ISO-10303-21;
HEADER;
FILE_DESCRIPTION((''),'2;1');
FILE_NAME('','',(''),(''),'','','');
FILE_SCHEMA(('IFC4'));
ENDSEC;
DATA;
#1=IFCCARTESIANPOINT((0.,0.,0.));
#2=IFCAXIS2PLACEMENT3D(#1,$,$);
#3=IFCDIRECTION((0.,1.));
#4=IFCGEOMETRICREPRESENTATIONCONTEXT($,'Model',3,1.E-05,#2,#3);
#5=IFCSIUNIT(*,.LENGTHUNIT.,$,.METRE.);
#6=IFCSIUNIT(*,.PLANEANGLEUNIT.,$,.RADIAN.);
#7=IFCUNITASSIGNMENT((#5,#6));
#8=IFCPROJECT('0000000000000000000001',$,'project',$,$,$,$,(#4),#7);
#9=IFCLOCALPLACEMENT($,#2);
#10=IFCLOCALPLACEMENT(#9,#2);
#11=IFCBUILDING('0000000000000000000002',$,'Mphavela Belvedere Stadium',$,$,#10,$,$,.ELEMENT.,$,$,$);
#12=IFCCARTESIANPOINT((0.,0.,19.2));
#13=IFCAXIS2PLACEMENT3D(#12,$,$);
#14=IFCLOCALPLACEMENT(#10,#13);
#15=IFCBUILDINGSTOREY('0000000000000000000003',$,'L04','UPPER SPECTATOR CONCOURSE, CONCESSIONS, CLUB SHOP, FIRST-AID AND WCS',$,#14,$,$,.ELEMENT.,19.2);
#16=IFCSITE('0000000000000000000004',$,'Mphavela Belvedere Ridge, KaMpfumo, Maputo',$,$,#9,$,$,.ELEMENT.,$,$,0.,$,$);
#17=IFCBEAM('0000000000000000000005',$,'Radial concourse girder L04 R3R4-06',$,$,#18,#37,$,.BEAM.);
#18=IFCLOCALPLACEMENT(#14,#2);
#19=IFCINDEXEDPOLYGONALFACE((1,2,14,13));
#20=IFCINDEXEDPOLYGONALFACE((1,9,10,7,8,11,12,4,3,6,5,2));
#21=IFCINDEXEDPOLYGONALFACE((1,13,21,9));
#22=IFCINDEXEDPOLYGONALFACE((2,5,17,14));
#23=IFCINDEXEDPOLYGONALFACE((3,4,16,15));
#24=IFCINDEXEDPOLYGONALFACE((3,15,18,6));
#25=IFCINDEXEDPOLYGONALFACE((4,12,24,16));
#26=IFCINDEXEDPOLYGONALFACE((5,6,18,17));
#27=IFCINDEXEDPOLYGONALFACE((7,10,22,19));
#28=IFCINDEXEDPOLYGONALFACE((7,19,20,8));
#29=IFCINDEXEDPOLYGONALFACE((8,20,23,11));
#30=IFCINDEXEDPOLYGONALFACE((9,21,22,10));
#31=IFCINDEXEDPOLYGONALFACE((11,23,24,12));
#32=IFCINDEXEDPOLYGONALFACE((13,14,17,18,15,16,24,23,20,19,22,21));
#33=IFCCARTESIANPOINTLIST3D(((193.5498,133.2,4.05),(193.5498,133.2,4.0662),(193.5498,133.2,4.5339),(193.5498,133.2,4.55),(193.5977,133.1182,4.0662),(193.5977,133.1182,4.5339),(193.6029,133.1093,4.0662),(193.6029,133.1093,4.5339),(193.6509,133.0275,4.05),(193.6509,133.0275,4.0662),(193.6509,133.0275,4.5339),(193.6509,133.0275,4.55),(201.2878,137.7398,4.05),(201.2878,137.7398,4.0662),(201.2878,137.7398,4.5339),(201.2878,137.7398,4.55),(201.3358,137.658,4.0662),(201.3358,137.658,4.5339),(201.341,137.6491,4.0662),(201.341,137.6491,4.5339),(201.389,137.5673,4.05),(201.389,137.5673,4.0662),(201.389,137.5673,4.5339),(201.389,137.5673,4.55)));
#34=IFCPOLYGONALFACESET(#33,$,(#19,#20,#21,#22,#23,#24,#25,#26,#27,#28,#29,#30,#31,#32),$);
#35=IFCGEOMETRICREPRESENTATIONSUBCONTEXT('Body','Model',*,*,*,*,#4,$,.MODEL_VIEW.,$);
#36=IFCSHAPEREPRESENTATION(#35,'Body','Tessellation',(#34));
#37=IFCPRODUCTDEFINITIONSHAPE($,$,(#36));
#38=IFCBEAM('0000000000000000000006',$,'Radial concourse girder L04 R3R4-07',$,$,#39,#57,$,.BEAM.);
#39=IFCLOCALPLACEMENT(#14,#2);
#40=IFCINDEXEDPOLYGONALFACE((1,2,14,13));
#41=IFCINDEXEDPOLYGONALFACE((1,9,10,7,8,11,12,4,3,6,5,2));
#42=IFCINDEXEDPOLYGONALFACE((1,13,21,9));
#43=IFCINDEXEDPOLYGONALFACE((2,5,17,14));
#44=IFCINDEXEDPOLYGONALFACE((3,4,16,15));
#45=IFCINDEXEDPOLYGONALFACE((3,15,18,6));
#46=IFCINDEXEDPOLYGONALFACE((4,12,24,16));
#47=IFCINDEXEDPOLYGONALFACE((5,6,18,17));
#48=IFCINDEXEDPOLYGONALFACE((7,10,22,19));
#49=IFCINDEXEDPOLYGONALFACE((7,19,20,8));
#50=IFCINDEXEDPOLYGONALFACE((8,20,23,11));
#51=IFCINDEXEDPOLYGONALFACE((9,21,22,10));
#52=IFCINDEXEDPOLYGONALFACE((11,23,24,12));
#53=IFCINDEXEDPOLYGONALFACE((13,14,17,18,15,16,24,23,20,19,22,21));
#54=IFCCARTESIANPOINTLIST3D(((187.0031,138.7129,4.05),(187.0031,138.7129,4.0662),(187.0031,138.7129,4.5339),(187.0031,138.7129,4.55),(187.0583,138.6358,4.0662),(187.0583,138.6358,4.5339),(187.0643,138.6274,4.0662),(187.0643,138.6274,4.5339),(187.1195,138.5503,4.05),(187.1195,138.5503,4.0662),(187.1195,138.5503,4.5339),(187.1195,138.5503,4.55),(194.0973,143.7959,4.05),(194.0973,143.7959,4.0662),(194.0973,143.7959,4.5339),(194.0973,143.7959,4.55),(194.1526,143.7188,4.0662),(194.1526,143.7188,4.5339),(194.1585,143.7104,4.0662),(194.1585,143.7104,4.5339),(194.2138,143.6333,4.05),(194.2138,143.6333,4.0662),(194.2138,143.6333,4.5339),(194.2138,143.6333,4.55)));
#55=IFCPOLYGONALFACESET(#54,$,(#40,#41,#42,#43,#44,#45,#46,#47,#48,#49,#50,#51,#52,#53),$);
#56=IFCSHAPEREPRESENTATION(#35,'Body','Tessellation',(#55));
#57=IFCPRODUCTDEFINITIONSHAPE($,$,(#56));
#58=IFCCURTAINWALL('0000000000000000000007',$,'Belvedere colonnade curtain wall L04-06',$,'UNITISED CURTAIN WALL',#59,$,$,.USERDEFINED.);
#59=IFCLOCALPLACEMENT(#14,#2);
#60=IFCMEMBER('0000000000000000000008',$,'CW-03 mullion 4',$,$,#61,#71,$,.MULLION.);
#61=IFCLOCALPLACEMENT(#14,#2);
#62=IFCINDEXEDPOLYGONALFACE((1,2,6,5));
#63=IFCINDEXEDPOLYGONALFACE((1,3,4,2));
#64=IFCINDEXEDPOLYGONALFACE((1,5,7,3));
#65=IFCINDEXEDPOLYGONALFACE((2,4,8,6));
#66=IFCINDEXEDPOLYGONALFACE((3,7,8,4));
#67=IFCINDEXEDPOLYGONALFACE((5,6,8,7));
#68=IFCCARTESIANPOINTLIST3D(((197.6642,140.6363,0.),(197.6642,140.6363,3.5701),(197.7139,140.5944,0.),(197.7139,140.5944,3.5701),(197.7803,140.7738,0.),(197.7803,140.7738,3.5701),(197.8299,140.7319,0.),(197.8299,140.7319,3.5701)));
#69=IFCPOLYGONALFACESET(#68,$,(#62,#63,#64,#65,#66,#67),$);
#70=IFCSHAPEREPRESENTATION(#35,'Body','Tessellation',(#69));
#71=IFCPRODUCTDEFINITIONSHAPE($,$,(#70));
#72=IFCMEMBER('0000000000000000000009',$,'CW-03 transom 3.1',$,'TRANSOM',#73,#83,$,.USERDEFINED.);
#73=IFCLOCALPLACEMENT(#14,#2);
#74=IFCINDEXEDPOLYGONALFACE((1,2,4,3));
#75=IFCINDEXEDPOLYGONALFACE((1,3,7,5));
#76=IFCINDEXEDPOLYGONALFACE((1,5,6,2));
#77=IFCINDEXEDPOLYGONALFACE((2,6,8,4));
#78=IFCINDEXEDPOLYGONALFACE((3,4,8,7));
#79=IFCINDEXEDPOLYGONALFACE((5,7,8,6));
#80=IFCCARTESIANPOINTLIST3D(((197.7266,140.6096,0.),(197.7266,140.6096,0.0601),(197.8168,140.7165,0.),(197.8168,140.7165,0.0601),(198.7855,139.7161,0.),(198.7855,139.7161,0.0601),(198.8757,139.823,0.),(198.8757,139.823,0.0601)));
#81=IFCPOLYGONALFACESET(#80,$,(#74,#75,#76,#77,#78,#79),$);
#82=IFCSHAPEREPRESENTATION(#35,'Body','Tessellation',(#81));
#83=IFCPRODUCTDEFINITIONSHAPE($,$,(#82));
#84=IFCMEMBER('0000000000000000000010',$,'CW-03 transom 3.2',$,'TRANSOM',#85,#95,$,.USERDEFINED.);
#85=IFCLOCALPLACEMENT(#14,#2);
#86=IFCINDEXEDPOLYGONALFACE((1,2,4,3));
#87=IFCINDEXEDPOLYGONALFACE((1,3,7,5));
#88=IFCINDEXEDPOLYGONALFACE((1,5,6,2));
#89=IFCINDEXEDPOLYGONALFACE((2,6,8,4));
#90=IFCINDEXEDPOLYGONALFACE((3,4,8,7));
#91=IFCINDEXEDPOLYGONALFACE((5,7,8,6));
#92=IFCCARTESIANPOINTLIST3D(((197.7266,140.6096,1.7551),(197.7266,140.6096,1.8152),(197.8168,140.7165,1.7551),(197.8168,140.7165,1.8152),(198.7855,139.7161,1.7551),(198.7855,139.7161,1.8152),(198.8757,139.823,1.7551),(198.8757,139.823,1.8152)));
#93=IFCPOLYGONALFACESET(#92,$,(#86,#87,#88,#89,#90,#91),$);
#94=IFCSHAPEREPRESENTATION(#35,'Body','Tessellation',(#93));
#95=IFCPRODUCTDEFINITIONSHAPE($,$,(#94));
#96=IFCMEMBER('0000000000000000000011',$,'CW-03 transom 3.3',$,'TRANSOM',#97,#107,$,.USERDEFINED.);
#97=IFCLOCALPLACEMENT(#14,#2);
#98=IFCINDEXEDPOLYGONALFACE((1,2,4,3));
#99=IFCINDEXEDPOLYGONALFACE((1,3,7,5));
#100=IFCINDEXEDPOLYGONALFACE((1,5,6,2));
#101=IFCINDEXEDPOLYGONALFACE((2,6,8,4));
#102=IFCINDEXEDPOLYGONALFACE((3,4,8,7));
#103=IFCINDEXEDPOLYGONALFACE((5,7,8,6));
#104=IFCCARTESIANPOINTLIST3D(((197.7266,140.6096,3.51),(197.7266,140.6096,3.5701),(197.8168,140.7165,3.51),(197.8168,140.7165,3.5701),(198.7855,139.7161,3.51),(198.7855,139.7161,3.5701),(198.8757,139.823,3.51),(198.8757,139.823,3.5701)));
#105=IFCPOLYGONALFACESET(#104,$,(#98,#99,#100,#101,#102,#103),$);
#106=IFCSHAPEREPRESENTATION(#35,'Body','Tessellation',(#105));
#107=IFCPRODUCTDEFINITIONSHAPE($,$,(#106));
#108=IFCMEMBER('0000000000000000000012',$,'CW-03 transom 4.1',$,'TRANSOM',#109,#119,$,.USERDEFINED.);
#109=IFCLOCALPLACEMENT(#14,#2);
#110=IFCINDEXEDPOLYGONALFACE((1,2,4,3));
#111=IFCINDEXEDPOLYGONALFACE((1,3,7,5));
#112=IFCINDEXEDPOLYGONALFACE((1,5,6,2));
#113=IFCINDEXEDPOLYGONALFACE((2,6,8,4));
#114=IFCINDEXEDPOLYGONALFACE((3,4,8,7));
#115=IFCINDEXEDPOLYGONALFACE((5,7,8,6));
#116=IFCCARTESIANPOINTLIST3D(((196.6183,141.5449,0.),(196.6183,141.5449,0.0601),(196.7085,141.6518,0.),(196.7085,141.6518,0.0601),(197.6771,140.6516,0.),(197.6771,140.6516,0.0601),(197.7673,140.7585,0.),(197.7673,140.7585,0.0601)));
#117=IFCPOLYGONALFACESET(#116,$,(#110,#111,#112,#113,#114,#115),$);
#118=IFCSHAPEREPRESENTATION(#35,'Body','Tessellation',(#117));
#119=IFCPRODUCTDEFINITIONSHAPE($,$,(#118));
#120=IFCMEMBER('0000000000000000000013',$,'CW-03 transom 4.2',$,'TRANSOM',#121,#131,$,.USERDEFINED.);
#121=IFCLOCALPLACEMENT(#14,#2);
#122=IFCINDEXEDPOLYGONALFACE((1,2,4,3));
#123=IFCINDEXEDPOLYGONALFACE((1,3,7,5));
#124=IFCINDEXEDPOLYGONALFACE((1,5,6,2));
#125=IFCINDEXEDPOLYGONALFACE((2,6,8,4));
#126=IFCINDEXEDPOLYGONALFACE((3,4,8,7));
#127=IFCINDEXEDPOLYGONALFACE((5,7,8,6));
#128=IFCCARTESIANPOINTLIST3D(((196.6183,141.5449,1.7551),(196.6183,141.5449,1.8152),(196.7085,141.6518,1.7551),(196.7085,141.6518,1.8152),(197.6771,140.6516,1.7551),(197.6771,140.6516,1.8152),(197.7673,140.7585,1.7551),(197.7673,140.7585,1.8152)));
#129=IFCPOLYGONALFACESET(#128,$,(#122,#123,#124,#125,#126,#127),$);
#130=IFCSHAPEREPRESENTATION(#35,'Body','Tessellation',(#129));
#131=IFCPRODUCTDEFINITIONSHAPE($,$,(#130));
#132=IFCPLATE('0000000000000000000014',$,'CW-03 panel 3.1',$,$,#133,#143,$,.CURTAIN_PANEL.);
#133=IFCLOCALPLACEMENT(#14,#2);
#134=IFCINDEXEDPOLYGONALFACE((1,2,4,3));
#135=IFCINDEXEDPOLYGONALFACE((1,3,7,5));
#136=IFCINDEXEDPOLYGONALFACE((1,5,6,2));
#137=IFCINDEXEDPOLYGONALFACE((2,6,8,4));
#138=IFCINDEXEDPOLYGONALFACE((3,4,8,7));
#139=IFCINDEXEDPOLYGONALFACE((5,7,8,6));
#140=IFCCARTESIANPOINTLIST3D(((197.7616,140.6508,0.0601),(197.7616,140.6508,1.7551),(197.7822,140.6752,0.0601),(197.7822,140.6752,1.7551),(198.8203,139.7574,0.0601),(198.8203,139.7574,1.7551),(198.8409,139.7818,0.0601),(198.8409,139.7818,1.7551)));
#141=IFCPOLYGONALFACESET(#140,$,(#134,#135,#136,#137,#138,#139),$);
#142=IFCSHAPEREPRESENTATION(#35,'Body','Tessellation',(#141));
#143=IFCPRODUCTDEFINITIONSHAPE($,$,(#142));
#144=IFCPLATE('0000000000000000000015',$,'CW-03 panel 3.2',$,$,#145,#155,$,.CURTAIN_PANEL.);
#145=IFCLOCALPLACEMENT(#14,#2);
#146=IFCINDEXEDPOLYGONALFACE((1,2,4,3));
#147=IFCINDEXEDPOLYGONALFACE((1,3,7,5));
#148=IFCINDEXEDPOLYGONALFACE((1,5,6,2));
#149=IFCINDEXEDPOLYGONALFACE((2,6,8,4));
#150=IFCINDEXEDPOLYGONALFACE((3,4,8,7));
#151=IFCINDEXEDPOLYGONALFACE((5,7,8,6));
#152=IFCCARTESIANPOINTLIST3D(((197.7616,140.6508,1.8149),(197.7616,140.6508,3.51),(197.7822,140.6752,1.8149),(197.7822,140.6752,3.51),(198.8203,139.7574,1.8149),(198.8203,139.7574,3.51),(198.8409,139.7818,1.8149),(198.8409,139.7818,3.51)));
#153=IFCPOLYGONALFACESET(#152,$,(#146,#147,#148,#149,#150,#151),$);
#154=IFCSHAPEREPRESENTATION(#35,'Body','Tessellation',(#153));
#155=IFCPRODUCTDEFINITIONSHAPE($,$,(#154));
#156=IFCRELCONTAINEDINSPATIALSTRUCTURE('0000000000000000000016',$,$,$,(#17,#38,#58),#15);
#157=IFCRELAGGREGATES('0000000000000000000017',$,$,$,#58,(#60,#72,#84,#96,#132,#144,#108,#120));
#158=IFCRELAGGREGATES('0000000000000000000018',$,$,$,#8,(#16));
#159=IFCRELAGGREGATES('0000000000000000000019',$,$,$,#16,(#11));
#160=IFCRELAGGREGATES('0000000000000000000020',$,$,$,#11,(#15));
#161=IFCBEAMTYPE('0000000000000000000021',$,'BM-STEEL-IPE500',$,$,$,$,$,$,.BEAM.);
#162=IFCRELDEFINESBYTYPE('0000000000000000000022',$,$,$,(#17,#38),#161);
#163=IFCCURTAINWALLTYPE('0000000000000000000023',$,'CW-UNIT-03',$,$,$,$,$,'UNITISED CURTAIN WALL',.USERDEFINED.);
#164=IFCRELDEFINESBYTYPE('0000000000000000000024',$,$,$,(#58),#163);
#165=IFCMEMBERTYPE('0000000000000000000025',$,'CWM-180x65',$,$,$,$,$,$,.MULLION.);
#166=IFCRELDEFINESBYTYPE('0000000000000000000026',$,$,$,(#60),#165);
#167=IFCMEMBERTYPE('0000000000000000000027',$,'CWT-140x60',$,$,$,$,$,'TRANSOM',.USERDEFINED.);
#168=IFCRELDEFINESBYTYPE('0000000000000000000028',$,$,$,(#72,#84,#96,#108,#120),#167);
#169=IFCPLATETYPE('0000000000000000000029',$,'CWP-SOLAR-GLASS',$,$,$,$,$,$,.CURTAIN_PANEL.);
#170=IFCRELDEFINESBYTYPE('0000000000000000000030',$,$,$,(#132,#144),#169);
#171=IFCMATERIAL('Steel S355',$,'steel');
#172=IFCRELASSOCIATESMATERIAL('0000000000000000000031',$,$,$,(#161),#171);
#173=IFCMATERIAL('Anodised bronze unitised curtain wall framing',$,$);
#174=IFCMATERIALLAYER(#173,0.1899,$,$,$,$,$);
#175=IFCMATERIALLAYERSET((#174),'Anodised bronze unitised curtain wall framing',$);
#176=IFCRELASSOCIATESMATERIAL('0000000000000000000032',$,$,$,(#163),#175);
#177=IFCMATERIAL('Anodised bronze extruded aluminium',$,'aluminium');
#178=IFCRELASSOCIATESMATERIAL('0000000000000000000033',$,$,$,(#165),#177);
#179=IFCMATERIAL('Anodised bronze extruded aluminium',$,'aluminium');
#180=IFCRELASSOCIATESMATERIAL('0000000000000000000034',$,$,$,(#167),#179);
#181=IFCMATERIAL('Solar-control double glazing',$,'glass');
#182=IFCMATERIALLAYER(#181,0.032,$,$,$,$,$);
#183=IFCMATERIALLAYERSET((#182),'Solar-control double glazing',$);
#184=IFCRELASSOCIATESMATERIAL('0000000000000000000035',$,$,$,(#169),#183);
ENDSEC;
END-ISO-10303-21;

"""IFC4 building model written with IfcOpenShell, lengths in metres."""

from ifc_helpers import new_model, si_unit, direction, frame, origin, origin_2d, place, context, subcontext, project, spatial, rectangle, i_section, extrude, material, layer, layer_set, material_profile, profile_set, type_object, element, aggregate, save


model = new_model("IFC4")

# Units and contexts
model_context = context("Model", 3, precision=1e-05, world=origin(), true_north=direction((0.0, 1.0)))
body_context = subcontext(model_context, "Body", "Model", "MODEL_VIEW")
ifc_project = project(units=[si_unit("LENGTHUNIT", "METRE"), si_unit("PLANEANGLEUNIT", "RADIAN")], contexts=[model_context])

# Site, building, storey
site_placement = place(None, origin())
site = spatial("IfcSite", under=ifc_project, at=site_placement, Name="Mphavela Belvedere Ridge, KaMpfumo, Maputo", CompositionType="ELEMENT", RefElevation=0.0)
building_placement = place(site_placement, origin())
building = spatial("IfcBuilding", under=site, at=building_placement, Name="Mphavela Belvedere Stadium", CompositionType="ELEMENT")
storey_placement = place(building_placement, frame((0.0, 0.0, 19.2)))
storey = spatial("IfcBuildingStorey", under=building, at=storey_placement, Name="L04", Description="UPPER SPECTATOR CONCOURSE, CONCESSIONS, CLUB SHOP, FIRST-AID AND WCS", CompositionType="ELEMENT", Elevation=19.2)

# Beams
ifc_material_1 = material(Name="Steel S355", Category="steel")
ifc_material_profile_1 = material_profile(ifc_material_1, i_section(OverallWidth=0.2, OverallDepth=0.5, WebThickness=0.0103, FlangeThickness=0.0161, at=origin_2d()), Name="IPE 500")
ifc_profile_set_1 = profile_set([ifc_material_profile_1], Name="Steel S355")
beam_type_1 = type_object("IfcBeamType", Name="BM-STEEL-IPE500", PredefinedType="BEAM", material=ifc_profile_set_1)
beam_1_placement = place(storey_placement, frame((193.6003, 133.1138, 4.3), z_axis=(0.862518, 0.506027, 0.0), x_axis=(-0.506027, 0.862518, 0.0)))
element("IfcBeam", 1, at=beam_1_placement, inside=storey, type_object=beam_type_1, Name="Radial concourse girder L04 R3R4-06", PredefinedType="BEAM", context=body_context, shape_type="SweptSolid", body=[
    extrude(i_section(OverallWidth=0.2, OverallDepth=0.5, WebThickness=0.0103, FlangeThickness=0.0161, at=origin_2d()), origin(), (0.0, 0.0, 1.0), 8.9714),
])
beam_2_placement = place(storey_placement, frame((187.0613, 138.6316, 4.3), z_axis=(0.812882, 0.582428, 0.0), x_axis=(-0.582428, 0.812882, 0.0)))
element("IfcBeam", 2, at=beam_2_placement, inside=storey, type_object=beam_type_1, Name="Radial concourse girder L04 R3R4-07", PredefinedType="BEAM", context=body_context, shape_type="SweptSolid", body=[
    extrude(i_section(OverallWidth=0.2, OverallDepth=0.5, WebThickness=0.0103, FlangeThickness=0.0161, at=origin_2d()), origin(), (0.0, 0.0, 1.0), 8.7273),
])

# Curtain wall, members, plates
ifc_material_2 = material(Name="Anodised bronze unitised curtain wall framing")
ifc_layer_1 = layer(ifc_material_2, 0.1899)
ifc_layer_set_1 = layer_set([ifc_layer_1], Name="Anodised bronze unitised curtain wall framing")
curtain_wall_type = type_object("IfcCurtainWallType", Name="CW-UNIT-03", ElementType="UNITISED CURTAIN WALL", PredefinedType="USERDEFINED", material=ifc_layer_set_1)
curtain_wall_placement = place(storey_placement, origin())
curtain_wall = element("IfcCurtainWall", 3, at=curtain_wall_placement, inside=storey, type_object=curtain_wall_type, Name="Belvedere colonnade curtain wall L04-06", ObjectType="UNITISED CURTAIN WALL", PredefinedType="USERDEFINED")
ifc_material_3 = material(Name="Anodised bronze extruded aluminium", Category="aluminium")
ifc_material_profile_2 = material_profile(ifc_material_3, rectangle(XDim=0.1799, YDim=0.0649, at=origin_2d()), Name="CW-MUL 180x65")
ifc_profile_set_2 = profile_set([ifc_material_profile_2], Name="Anodised bronze extruded aluminium")
member_type_1 = type_object("IfcMemberType", Name="CWM-180x65", PredefinedType="MULLION", material=ifc_profile_set_2)
member_1_placement = place(storey_placement, frame((197.7471, 140.6841, 0.0), z_axis=(0.0, 0.0, 1.0), x_axis=(-0.644916, -0.764253, 0.0)))
member_1 = element("IfcMember", 4, at=member_1_placement, type_object=member_type_1, Name="CW-03 mullion 4", PredefinedType="MULLION", context=body_context, shape_type="SweptSolid", body=[
    extrude(rectangle(XDim=0.1799, YDim=0.0649, at=origin_2d()), origin(), (0.0, 0.0, 1.0), 3.5701),
])
ifc_material_4 = material(Name="Anodised bronze extruded aluminium", Category="aluminium")
ifc_material_profile_3 = material_profile(ifc_material_4, rectangle(XDim=0.1399, YDim=0.0601, at=origin_2d()), Name="CW-TRN 140x60")
ifc_profile_set_3 = profile_set([ifc_material_profile_3], Name="Anodised bronze extruded aluminium")
member_type_2 = type_object("IfcMemberType", Name="CWT-140x60", ElementType="TRANSOM", PredefinedType="USERDEFINED", material=ifc_profile_set_3)
member_2_placement = place(storey_placement, frame((198.8306, 139.7695, 0.03), z_axis=(-0.764234, 0.644938, 0.0), x_axis=(-0.644938, -0.764234, 0.0)))
member_2 = element("IfcMember", 5, at=member_2_placement, type_object=member_type_2, Name="CW-03 transom 3.1", ObjectType="TRANSOM", PredefinedType="USERDEFINED", context=body_context, shape_type="SweptSolid", body=[
    extrude(rectangle(XDim=0.1399, YDim=0.0601, at=origin_2d()), origin(), (0.0, 0.0, 1.0), 1.3855),
])
member_3_placement = place(storey_placement, frame((198.8306, 139.7695, 1.7852), z_axis=(-0.764234, 0.644938, 0.0), x_axis=(-0.644938, -0.764234, 0.0)))
member_3 = element("IfcMember", 6, at=member_3_placement, type_object=member_type_2, Name="CW-03 transom 3.2", ObjectType="TRANSOM", PredefinedType="USERDEFINED", context=body_context, shape_type="SweptSolid", body=[
    extrude(rectangle(XDim=0.1399, YDim=0.0601, at=origin_2d()), origin(), (0.0, 0.0, 1.0), 1.3855),
])
member_4_placement = place(storey_placement, frame((198.8306, 139.7695, 3.54), z_axis=(-0.764234, 0.644938, 0.0), x_axis=(-0.644938, -0.764234, 0.0)))
member_4 = element("IfcMember", 7, at=member_4_placement, type_object=member_type_2, Name="CW-03 transom 3.3", ObjectType="TRANSOM", PredefinedType="USERDEFINED", context=body_context, shape_type="SweptSolid", body=[
    extrude(rectangle(XDim=0.1399, YDim=0.0601, at=origin_2d()), origin(), (0.0, 0.0, 1.0), 1.3855),
])
member_5_placement = place(storey_placement, frame((197.7222, 140.7051, 0.03), z_axis=(-0.764321, 0.644836, 0.0), x_axis=(-0.644836, -0.764321, 0.0)))
member_5 = element("IfcMember", 8, at=member_5_placement, type_object=member_type_2, Name="CW-03 transom 4.1", ObjectType="TRANSOM", PredefinedType="USERDEFINED", context=body_context, shape_type="SweptSolid", body=[
    extrude(rectangle(XDim=0.1399, YDim=0.0601, at=origin_2d()), origin(), (0.0, 0.0, 1.0), 1.3853),
])
member_6_placement = place(storey_placement, frame((197.7222, 140.7051, 1.7852), z_axis=(-0.764321, 0.644836, 0.0), x_axis=(-0.644836, -0.764321, 0.0)))
member_6 = element("IfcMember", 9, at=member_6_placement, type_object=member_type_2, Name="CW-03 transom 4.2", ObjectType="TRANSOM", PredefinedType="USERDEFINED", context=body_context, shape_type="SweptSolid", body=[
    extrude(rectangle(XDim=0.1399, YDim=0.0601, at=origin_2d()), origin(), (0.0, 0.0, 1.0), 1.3853),
])
ifc_material_5 = material(Name="Solar-control double glazing", Category="glass")
ifc_layer_2 = layer(ifc_material_5, 0.032)
ifc_layer_set_2 = layer_set([ifc_layer_2], Name="Solar-control double glazing")
plate_type = type_object("IfcPlateType", Name="CWP-SOLAR-GLASS", PredefinedType="CURTAIN_PANEL", material=ifc_layer_set_2)
plate_1_placement = place(storey_placement, frame((198.3013, 140.2163, 0.0601), z_axis=(0.0, 0.0, 1.0), x_axis=(-0.764253, 0.644916, 0.0)))
plate_1 = element("IfcPlate", 10, at=plate_1_placement, type_object=plate_type, Name="CW-03 panel 3.1", PredefinedType="CURTAIN_PANEL", context=body_context, shape_type="SweptSolid", body=[
    extrude(rectangle(XDim=1.3853, YDim=0.032, at=origin_2d()), origin(), (0.0, 0.0, 1.0), 1.6951),
])
plate_2_placement = place(storey_placement, frame((198.3013, 140.2163, 1.8149), z_axis=(0.0, 0.0, 1.0), x_axis=(-0.764253, 0.644916, 0.0)))
plate_2 = element("IfcPlate", 11, at=plate_2_placement, type_object=plate_type, Name="CW-03 panel 3.2", PredefinedType="CURTAIN_PANEL", context=body_context, shape_type="SweptSolid", body=[
    extrude(rectangle(XDim=1.3853, YDim=0.032, at=origin_2d()), origin(), (0.0, 0.0, 1.0), 1.6951),
])
aggregate(curtain_wall, [member_1, member_2, member_3, member_4, plate_1, plate_2, member_5, member_6])

save(model, "model.ifc")
